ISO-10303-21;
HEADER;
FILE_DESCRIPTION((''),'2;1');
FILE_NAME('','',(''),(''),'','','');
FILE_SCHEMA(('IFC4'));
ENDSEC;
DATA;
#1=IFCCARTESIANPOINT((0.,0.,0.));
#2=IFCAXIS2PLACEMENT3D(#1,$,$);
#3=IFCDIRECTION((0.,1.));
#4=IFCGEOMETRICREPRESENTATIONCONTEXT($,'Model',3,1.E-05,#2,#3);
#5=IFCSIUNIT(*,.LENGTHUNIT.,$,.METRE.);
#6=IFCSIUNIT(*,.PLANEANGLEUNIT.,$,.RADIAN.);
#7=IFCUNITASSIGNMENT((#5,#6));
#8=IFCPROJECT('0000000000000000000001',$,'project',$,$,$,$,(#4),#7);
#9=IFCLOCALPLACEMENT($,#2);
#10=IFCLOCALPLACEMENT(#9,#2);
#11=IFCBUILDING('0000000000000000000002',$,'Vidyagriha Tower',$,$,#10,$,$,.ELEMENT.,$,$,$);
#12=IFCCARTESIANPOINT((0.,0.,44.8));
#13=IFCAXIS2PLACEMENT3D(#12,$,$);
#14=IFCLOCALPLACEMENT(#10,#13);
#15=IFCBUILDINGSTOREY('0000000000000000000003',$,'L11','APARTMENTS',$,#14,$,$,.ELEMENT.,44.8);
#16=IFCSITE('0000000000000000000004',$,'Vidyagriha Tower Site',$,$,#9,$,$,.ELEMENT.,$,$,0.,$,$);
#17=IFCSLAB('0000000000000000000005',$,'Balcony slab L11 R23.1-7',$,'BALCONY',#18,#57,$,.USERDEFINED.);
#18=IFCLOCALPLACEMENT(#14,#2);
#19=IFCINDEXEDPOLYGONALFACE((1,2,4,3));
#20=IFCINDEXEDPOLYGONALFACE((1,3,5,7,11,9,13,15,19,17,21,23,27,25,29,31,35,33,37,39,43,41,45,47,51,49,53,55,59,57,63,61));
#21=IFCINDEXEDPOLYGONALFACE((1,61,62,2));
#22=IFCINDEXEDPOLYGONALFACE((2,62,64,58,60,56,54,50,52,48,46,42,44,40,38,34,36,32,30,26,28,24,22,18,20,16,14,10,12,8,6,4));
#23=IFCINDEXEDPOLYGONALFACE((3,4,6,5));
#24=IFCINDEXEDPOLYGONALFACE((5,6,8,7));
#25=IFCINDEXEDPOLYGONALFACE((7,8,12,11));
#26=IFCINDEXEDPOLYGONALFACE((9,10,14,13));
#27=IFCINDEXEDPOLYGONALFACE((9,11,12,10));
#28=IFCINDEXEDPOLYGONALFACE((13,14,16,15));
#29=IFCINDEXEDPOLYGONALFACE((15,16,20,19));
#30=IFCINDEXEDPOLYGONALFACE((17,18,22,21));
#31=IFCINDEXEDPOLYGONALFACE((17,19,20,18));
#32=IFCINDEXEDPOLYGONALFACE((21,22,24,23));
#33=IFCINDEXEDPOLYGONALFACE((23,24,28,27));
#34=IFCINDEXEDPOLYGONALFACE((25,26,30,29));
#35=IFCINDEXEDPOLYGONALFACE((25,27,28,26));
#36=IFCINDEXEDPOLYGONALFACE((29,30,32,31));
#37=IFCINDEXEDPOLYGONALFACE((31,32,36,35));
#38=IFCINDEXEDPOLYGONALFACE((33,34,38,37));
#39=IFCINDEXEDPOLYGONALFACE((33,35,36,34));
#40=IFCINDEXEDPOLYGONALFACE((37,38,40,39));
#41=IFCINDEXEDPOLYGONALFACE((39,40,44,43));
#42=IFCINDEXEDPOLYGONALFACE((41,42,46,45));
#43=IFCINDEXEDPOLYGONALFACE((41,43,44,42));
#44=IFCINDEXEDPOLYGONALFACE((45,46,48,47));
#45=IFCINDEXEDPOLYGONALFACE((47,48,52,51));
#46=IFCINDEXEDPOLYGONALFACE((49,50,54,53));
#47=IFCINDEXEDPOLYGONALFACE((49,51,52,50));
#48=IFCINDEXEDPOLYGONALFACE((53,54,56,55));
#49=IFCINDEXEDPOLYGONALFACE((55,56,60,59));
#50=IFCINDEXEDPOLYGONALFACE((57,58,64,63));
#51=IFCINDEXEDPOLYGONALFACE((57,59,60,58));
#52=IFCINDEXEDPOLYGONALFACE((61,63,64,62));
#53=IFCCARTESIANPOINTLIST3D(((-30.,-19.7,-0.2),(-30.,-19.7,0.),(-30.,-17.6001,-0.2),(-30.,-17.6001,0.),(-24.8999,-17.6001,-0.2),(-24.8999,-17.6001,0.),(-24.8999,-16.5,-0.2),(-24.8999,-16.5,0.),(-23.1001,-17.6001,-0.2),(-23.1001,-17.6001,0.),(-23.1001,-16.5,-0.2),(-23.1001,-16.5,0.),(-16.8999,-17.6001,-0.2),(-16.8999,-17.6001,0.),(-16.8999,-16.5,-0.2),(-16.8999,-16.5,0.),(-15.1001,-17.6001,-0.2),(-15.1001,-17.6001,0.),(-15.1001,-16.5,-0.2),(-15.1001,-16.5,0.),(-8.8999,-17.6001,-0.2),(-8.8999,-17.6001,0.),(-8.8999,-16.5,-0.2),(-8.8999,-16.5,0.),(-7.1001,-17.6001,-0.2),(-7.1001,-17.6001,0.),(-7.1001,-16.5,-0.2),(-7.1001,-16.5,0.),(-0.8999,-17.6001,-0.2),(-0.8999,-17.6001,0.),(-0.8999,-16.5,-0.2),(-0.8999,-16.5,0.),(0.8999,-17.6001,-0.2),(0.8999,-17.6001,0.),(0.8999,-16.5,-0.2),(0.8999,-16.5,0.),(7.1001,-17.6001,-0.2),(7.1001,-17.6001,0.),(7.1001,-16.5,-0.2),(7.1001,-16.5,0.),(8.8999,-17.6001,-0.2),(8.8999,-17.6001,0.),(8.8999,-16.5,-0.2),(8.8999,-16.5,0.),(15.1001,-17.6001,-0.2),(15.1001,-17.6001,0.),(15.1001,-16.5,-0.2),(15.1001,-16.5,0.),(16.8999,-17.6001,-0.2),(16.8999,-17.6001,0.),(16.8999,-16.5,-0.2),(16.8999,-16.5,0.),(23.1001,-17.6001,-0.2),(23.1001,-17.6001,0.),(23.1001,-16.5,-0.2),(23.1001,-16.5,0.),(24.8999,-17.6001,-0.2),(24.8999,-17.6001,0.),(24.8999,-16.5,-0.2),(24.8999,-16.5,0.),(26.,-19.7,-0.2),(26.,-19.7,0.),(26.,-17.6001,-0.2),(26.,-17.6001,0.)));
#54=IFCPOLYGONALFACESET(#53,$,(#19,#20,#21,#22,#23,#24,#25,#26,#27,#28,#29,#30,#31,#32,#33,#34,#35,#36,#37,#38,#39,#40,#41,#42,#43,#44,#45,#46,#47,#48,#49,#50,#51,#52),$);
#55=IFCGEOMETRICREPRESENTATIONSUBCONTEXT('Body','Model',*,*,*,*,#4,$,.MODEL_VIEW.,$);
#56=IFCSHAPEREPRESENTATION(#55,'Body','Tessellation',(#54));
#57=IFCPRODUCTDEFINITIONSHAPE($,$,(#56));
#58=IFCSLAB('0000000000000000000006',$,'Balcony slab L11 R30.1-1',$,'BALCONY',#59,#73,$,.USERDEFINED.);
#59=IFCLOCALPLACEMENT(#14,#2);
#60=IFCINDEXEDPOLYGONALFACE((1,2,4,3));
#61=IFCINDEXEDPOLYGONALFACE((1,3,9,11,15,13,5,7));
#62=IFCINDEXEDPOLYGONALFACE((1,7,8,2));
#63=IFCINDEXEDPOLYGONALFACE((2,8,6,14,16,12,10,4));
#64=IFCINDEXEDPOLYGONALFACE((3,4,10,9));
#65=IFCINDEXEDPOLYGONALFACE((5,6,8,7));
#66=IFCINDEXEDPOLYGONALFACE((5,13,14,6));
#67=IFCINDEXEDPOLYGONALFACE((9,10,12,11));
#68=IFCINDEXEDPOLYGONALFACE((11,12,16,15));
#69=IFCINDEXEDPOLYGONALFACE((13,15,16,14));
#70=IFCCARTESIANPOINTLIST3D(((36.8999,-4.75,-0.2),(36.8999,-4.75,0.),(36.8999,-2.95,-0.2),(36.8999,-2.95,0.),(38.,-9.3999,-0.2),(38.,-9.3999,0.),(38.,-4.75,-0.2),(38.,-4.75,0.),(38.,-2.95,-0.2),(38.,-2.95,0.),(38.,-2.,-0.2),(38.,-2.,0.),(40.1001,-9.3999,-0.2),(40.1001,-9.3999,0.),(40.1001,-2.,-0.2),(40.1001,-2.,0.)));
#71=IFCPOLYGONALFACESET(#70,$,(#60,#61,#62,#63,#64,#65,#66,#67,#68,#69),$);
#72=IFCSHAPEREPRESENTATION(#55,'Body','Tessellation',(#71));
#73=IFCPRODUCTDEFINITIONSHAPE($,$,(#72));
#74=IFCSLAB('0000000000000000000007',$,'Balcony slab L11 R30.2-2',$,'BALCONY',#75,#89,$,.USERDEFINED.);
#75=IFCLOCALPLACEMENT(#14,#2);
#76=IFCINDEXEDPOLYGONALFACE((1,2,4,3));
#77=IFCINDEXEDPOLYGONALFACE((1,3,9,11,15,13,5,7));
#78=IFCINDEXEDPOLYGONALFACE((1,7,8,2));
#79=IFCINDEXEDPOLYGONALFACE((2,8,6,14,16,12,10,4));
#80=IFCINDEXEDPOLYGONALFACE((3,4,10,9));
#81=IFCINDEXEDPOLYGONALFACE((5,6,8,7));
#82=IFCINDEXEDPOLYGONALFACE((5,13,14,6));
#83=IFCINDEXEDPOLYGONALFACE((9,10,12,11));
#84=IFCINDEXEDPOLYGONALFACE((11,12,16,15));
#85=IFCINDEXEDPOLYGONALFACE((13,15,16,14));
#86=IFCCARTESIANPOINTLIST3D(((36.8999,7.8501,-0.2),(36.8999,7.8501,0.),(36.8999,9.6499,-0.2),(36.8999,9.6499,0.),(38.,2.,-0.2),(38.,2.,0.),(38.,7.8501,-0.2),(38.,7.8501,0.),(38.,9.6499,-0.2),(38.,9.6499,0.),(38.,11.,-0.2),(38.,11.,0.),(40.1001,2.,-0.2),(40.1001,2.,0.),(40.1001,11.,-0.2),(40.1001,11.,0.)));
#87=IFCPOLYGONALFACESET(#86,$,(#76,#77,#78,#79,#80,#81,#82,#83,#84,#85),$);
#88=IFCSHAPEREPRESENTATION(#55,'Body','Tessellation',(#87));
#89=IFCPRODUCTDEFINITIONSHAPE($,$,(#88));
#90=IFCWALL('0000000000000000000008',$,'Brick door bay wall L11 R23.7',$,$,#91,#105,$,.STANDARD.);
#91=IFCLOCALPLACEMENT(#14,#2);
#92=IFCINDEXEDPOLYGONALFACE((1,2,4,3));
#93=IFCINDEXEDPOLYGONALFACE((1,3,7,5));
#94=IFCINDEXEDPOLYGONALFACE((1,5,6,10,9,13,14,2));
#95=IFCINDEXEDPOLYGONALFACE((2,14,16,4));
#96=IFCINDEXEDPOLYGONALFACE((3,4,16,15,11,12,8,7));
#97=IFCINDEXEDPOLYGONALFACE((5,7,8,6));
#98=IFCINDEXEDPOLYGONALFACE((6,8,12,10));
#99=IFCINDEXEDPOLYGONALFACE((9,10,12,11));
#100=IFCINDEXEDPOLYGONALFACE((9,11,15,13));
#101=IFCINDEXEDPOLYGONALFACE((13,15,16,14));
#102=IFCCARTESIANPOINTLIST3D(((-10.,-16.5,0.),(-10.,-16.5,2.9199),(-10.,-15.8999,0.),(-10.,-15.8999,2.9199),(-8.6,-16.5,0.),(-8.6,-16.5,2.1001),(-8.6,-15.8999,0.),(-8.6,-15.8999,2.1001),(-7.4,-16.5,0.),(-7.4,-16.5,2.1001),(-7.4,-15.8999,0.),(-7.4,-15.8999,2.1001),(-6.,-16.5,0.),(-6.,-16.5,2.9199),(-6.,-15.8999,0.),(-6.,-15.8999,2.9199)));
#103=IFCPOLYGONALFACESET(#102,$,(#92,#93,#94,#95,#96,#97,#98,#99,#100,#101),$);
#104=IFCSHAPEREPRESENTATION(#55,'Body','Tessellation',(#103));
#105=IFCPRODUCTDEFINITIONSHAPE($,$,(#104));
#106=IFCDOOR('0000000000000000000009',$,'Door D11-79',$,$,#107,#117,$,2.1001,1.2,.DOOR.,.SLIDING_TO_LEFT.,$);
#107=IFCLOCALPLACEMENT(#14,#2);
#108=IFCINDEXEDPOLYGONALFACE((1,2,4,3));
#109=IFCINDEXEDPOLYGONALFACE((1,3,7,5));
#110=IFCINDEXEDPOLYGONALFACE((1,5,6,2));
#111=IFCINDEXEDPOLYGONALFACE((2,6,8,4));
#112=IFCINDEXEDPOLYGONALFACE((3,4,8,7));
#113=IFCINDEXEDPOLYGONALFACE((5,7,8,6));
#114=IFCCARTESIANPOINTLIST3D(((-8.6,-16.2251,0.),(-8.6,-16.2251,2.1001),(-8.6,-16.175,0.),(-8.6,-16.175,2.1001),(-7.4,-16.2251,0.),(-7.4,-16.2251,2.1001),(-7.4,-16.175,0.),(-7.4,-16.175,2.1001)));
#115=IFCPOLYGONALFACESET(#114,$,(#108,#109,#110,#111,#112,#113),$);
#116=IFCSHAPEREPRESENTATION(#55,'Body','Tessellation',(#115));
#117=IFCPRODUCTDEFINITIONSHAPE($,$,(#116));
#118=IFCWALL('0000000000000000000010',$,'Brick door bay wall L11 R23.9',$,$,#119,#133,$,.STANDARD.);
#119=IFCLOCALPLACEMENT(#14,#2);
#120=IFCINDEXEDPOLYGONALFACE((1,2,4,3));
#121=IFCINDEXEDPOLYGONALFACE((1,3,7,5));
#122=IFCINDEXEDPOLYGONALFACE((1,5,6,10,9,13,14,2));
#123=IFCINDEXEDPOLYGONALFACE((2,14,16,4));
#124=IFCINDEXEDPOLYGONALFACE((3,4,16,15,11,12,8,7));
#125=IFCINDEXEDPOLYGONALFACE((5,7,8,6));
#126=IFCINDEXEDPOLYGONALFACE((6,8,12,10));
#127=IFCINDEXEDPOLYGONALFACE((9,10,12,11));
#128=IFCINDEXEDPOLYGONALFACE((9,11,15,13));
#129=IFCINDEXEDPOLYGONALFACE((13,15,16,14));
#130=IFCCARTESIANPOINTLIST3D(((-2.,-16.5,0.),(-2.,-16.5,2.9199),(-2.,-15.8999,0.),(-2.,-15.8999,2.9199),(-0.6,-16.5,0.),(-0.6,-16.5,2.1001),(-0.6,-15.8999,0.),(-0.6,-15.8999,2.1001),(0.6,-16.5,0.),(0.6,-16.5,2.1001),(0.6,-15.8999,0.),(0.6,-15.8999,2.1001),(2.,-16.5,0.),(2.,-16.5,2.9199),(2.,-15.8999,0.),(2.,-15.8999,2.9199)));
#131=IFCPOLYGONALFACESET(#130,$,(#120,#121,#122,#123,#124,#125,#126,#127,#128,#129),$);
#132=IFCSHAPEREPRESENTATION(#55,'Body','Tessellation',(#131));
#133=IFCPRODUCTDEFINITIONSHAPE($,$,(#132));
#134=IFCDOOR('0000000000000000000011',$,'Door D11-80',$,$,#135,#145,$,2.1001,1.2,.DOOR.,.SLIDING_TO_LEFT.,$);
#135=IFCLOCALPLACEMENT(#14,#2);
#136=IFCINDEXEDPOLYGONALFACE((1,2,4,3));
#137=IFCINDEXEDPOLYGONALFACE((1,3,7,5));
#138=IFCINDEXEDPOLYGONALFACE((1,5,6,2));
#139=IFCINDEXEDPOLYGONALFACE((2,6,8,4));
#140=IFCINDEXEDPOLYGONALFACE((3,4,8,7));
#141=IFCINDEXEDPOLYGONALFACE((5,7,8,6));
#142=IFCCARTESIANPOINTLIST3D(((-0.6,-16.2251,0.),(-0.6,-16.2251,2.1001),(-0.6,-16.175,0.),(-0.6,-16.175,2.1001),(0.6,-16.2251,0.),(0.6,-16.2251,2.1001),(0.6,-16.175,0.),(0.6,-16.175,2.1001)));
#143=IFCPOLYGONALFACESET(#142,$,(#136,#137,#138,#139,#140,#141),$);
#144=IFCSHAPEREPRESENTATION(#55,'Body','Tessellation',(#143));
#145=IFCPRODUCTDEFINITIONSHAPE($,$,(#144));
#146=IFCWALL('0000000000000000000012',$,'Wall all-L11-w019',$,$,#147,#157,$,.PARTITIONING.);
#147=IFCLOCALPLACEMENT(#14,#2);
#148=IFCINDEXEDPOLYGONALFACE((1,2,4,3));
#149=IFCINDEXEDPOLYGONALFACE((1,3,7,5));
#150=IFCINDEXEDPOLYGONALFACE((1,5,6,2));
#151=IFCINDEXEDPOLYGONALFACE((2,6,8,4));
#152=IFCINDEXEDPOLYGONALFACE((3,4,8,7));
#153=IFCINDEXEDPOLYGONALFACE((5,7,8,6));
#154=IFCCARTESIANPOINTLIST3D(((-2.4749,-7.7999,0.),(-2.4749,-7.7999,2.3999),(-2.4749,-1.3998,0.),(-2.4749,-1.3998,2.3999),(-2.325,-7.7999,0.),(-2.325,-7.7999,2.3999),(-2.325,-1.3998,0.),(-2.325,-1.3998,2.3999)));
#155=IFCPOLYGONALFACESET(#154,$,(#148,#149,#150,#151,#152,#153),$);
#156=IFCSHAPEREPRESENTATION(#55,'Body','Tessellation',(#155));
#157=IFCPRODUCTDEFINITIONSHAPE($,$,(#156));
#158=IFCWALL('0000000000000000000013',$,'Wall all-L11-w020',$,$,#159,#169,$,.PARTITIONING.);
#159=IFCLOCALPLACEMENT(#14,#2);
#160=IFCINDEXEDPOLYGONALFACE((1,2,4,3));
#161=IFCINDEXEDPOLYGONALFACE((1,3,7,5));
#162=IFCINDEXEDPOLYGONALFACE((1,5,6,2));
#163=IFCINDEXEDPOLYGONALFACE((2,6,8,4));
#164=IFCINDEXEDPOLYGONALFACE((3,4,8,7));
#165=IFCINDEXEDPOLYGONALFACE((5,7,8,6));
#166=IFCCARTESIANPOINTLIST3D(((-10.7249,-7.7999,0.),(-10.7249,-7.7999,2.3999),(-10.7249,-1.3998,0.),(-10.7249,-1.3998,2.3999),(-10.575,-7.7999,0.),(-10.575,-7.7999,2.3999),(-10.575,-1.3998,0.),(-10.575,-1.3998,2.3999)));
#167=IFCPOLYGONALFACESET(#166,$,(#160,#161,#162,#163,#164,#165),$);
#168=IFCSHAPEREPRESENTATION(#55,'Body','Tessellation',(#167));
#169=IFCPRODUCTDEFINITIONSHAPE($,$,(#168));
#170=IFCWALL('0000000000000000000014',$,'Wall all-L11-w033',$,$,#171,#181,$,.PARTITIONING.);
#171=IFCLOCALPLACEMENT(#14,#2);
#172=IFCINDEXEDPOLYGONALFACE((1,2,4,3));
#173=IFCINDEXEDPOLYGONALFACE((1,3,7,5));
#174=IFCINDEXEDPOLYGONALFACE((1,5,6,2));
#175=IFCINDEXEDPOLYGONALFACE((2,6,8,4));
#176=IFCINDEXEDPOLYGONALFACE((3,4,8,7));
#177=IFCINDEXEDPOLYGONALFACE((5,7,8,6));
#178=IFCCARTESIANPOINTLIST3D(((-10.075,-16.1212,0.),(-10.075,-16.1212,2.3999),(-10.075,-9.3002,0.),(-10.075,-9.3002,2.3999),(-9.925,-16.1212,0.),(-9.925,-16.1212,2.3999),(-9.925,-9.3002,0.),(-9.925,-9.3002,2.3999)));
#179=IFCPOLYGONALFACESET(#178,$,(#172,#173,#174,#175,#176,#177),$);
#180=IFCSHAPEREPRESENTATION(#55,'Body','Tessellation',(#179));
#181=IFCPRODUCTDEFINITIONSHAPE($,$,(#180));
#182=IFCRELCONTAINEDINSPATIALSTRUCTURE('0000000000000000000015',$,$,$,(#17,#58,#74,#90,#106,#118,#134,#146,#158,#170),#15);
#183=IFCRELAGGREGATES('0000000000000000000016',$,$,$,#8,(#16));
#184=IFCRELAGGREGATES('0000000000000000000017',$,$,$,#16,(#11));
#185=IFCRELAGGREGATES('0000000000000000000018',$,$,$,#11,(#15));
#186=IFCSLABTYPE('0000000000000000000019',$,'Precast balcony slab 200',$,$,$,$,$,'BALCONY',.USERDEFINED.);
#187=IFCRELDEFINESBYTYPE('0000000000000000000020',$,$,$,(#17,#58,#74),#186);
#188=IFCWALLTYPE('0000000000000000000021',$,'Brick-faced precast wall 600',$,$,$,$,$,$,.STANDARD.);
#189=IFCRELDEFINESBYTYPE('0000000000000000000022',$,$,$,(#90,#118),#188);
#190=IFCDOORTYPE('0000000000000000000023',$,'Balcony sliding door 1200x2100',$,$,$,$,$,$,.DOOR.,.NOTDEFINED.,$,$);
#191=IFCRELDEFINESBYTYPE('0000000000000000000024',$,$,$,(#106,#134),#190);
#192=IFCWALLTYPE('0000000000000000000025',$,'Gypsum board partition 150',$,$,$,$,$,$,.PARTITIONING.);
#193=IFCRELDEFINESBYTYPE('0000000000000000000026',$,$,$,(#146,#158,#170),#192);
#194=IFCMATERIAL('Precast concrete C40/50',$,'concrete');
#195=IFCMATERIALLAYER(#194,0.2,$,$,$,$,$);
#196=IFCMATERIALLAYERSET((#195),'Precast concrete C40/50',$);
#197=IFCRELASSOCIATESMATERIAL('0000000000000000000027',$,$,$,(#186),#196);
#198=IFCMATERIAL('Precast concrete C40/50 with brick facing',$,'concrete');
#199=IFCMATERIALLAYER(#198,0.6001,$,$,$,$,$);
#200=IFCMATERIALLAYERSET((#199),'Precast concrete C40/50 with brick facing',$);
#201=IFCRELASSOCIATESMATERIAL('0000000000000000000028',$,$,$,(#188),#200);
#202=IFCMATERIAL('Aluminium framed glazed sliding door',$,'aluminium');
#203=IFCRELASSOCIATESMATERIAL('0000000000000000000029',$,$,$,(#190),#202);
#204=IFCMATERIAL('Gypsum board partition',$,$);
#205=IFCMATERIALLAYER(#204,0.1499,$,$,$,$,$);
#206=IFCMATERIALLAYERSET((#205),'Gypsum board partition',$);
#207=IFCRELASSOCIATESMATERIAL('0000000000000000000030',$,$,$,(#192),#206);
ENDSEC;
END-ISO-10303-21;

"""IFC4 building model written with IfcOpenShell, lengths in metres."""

from ifc_helpers import new_model, si_unit, direction, frame, frame_2d, origin, place, context, subcontext, project, spatial, polyline, rectangle, outline, extrude, material, layer, layer_set, type_object, element, fill, save


model = new_model("IFC4")

# Units and contexts
model_context = context("Model", 3, precision=1e-05, world=origin(), true_north=direction((0.0, 1.0)))
body_context = subcontext(model_context, "Body", "Model", "MODEL_VIEW")
ifc_project = project(units=[si_unit("LENGTHUNIT", "METRE"), si_unit("PLANEANGLEUNIT", "RADIAN")], contexts=[model_context])

# Site, building, storey
site_placement = place(None, origin())
site = spatial("IfcSite", under=ifc_project, at=site_placement, Name="Vidyagriha Tower Site", CompositionType="ELEMENT", RefElevation=0.0)
building_placement = place(site_placement, origin())
building = spatial("IfcBuilding", under=site, at=building_placement, Name="Vidyagriha Tower", CompositionType="ELEMENT")
storey_placement = place(building_placement, frame((0.0, 0.0, 44.8)))
storey = spatial("IfcBuildingStorey", under=building, at=storey_placement, Name="L11", Description="APARTMENTS", CompositionType="ELEMENT", Elevation=44.8)

# Slabs
ifc_material_1 = material(Name="Precast concrete C40/50", Category="concrete")
ifc_layer_1 = layer(ifc_material_1, 0.2)
ifc_layer_set_1 = layer_set([ifc_layer_1], Name="Precast concrete C40/50")
slab_type_1 = type_object("IfcSlabType", Name="Precast balcony slab 200", ElementType="BALCONY", PredefinedType="USERDEFINED", material=ifc_layer_set_1)
slab_1_placement = place(storey_placement, frame((0.0, 0.0, -0.2)))
element("IfcSlab", 1, at=slab_1_placement, inside=storey, type_object=slab_type_1, Name="Balcony slab L11 R23.1-7", ObjectType="BALCONY", PredefinedType="USERDEFINED", context=body_context, shape_type="SweptSolid", body=[
    extrude(outline(polyline([(-23.1001, -16.5), (-24.8999, -16.5), (-24.8999, -17.6001), (-30.0, -17.6001), (-30.0, -19.7), (26.0, -19.7), (26.0, -17.6001), (24.8999, -17.6001), (24.8999, -16.5), (23.1001, -16.5), (23.1001, -17.6001), (16.8999, -17.6001), (16.8999, -16.5), (15.1001, -16.5), (15.1001, -17.6001), (8.8999, -17.6001), (8.8999, -16.5), (7.1001, -16.5), (7.1001, -17.6001), (0.8999, -17.6001), (0.8999, -16.5), (-0.8999, -16.5), (-0.8999, -17.6001), (-7.1001, -17.6001), (-7.1001, -16.5), (-8.8999, -16.5), (-8.8999, -17.6001), (-15.1001, -17.6001), (-15.1001, -16.5), (-16.8999, -16.5), (-16.8999, -17.6001), (-23.1001, -17.6001), (-23.1001, -16.5)])), origin(), (0.0, 0.0, 1.0), 0.2),
])
slab_2_placement = place(storey_placement, frame((0.0, 0.0, -0.2)))
element("IfcSlab", 2, at=slab_2_placement, inside=storey, type_object=slab_type_1, Name="Balcony slab L11 R30.1-1", ObjectType="BALCONY", PredefinedType="USERDEFINED", context=body_context, shape_type="SweptSolid", body=[
    extrude(outline(polyline([(38.0, -4.75), (38.0, -9.3999), (40.1001, -9.3999), (40.1001, -2.0), (38.0, -2.0), (38.0, -2.95), (36.8999, -2.95), (36.8999, -4.75), (38.0, -4.75)])), origin(), (0.0, 0.0, 1.0), 0.2),
])
slab_3_placement = place(storey_placement, frame((0.0, 0.0, -0.2)))
element("IfcSlab", 3, at=slab_3_placement, inside=storey, type_object=slab_type_1, Name="Balcony slab L11 R30.2-2", ObjectType="BALCONY", PredefinedType="USERDEFINED", context=body_context, shape_type="SweptSolid", body=[
    extrude(outline(polyline([(38.0, 7.8501), (38.0, 2.0), (40.1001, 2.0), (40.1001, 11.0), (38.0, 11.0), (38.0, 9.6499), (36.8999, 9.6499), (36.8999, 7.8501), (38.0, 7.8501)])), origin(), (0.0, 0.0, 1.0), 0.2),
])

# Walls, openings, doors
ifc_material_2 = material(Name="Precast concrete C40/50 with brick facing", Category="concrete")
ifc_layer_2 = layer(ifc_material_2, 0.6001)
ifc_layer_set_2 = layer_set([ifc_layer_2], Name="Precast concrete C40/50 with brick facing")
wall_type_1 = type_object("IfcWallType", Name="Brick-faced precast wall 600", PredefinedType="STANDARD", material=ifc_layer_set_2)
wall_1_placement = place(storey_placement, frame((-10.0, -16.2, 0.0)))
wall_1 = element("IfcWall", 4, at=wall_1_placement, inside=storey, type_object=wall_type_1, Name="Brick door bay wall L11 R23.7", PredefinedType="STANDARD", context=body_context, shape_type="SweptSolid", body=[
    extrude(rectangle(XDim=4.0, YDim=0.6001, at=frame_2d((2.0, 0.0))), origin(), (0.0, 0.0, 1.0), 2.9199),
])
opening_1_placement = place(wall_1_placement, frame((1.3999, 0.0, 0.0)))
opening_1 = element("IfcOpeningElement", 5, at=opening_1_placement, cuts=wall_1, PredefinedType="OPENING", context=body_context, shape_type="SweptSolid", body=[
    extrude(rectangle(XDim=1.2, YDim=2.1001, at=frame_2d((0.6001, 1.05))), frame((0.0, 0.3101, 0.0), z_axis=(0.0, -1.0, 0.0), x_axis=(1.0, 0.0, 0.0)), (0.0, 0.0, 1.0), 0.6201),
])
ifc_material_3 = material(Name="Aluminium framed glazed sliding door", Category="aluminium")
door_type_1 = type_object("IfcDoorType", Name="Balcony sliding door 1200x2100", OperationType="NOTDEFINED", PredefinedType="DOOR", material=ifc_material_3)
door_1_placement = place(opening_1_placement, origin())
door_1 = element("IfcDoor", 6, at=door_1_placement, inside=storey, type_object=door_type_1, Name="Door D11-79", OperationType="SLIDING_TO_LEFT", OverallHeight=2.1001, OverallWidth=1.2, PredefinedType="DOOR", context=body_context, shape_type="SweptSolid", body=[
    extrude(rectangle(XDim=1.2, YDim=2.1001, at=frame_2d((0.6001, 1.05))), frame((0.0, 0.0249, 0.0), z_axis=(0.0, -1.0, 0.0), x_axis=(1.0, 0.0, 0.0)), (0.0, 0.0, 1.0), 0.05),
])
fill(opening_1, door_1)
wall_2_placement = place(storey_placement, frame((-2.0, -16.2, 0.0)))
wall_2 = element("IfcWall", 7, at=wall_2_placement, inside=storey, type_object=wall_type_1, Name="Brick door bay wall L11 R23.9", PredefinedType="STANDARD", context=body_context, shape_type="SweptSolid", body=[
    extrude(rectangle(XDim=4.0, YDim=0.6001, at=frame_2d((2.0, 0.0))), origin(), (0.0, 0.0, 1.0), 2.9199),
])
opening_2_placement = place(wall_2_placement, frame((1.3999, 0.0, 0.0)))
opening_2 = element("IfcOpeningElement", 8, at=opening_2_placement, cuts=wall_2, PredefinedType="OPENING", context=body_context, shape_type="SweptSolid", body=[
    extrude(rectangle(XDim=1.2, YDim=2.1001, at=frame_2d((0.6001, 1.05))), frame((0.0, 0.3101, 0.0), z_axis=(0.0, -1.0, 0.0), x_axis=(1.0, 0.0, 0.0)), (0.0, 0.0, 1.0), 0.6201),
])
door_2_placement = place(opening_2_placement, origin())
door_2 = element("IfcDoor", 9, at=door_2_placement, inside=storey, type_object=door_type_1, Name="Door D11-80", OperationType="SLIDING_TO_LEFT", OverallHeight=2.1001, OverallWidth=1.2, PredefinedType="DOOR", context=body_context, shape_type="SweptSolid", body=[
    extrude(rectangle(XDim=1.2, YDim=2.1001, at=frame_2d((0.6001, 1.05))), frame((0.0, 0.0249, 0.0), z_axis=(0.0, -1.0, 0.0), x_axis=(1.0, 0.0, 0.0)), (0.0, 0.0, 1.0), 0.05),
])
fill(opening_2, door_2)

# Walls
ifc_material_4 = material(Name="Gypsum board partition")
ifc_layer_3 = layer(ifc_material_4, 0.1499)
ifc_layer_set_3 = layer_set([ifc_layer_3], Name="Gypsum board partition")
wall_type_2 = type_object("IfcWallType", Name="Gypsum board partition 150", PredefinedType="PARTITIONING", material=ifc_layer_set_3)
for number, where, z_axis, x_axis, name in (
    (10, (-2.3999, -7.8, 0.0), (0.0, 0.0, 1.0), (0.0, 1.0, 0.0), "Wall all-L11-w019"),
    (11, (-10.6499, -7.8, 0.0), (0.0, 0.0, 1.0), (0.0, 1.0, 0.0), "Wall all-L11-w020"),
):
    element("IfcWall", number, at=place(storey_placement, frame(where, z_axis=z_axis, x_axis=x_axis)), inside=storey, type_object=wall_type_2, Name=name, PredefinedType="PARTITIONING", context=body_context, shape_type="SweptSolid", body=[
        extrude(rectangle(XDim=6.4001, YDim=0.1499, at=frame_2d((3.2002, 0.0))), origin(), (0.0, 0.0, 1.0), 2.3999),
    ])
wall_3_placement = place(storey_placement, frame((-10.0, -9.3, 0.0), z_axis=(0.0, 0.0, 1.0), x_axis=(0.0, -1.0, 0.0)))
element("IfcWall", 12, at=wall_3_placement, inside=storey, type_object=wall_type_2, Name="Wall all-L11-w033", PredefinedType="PARTITIONING", context=body_context, shape_type="SweptSolid", body=[
    extrude(rectangle(XDim=6.821, YDim=0.1499, at=frame_2d((3.4106, 0.0))), origin(), (0.0, 0.0, 1.0), 2.3999),
])

save(model, "model.ifc")
